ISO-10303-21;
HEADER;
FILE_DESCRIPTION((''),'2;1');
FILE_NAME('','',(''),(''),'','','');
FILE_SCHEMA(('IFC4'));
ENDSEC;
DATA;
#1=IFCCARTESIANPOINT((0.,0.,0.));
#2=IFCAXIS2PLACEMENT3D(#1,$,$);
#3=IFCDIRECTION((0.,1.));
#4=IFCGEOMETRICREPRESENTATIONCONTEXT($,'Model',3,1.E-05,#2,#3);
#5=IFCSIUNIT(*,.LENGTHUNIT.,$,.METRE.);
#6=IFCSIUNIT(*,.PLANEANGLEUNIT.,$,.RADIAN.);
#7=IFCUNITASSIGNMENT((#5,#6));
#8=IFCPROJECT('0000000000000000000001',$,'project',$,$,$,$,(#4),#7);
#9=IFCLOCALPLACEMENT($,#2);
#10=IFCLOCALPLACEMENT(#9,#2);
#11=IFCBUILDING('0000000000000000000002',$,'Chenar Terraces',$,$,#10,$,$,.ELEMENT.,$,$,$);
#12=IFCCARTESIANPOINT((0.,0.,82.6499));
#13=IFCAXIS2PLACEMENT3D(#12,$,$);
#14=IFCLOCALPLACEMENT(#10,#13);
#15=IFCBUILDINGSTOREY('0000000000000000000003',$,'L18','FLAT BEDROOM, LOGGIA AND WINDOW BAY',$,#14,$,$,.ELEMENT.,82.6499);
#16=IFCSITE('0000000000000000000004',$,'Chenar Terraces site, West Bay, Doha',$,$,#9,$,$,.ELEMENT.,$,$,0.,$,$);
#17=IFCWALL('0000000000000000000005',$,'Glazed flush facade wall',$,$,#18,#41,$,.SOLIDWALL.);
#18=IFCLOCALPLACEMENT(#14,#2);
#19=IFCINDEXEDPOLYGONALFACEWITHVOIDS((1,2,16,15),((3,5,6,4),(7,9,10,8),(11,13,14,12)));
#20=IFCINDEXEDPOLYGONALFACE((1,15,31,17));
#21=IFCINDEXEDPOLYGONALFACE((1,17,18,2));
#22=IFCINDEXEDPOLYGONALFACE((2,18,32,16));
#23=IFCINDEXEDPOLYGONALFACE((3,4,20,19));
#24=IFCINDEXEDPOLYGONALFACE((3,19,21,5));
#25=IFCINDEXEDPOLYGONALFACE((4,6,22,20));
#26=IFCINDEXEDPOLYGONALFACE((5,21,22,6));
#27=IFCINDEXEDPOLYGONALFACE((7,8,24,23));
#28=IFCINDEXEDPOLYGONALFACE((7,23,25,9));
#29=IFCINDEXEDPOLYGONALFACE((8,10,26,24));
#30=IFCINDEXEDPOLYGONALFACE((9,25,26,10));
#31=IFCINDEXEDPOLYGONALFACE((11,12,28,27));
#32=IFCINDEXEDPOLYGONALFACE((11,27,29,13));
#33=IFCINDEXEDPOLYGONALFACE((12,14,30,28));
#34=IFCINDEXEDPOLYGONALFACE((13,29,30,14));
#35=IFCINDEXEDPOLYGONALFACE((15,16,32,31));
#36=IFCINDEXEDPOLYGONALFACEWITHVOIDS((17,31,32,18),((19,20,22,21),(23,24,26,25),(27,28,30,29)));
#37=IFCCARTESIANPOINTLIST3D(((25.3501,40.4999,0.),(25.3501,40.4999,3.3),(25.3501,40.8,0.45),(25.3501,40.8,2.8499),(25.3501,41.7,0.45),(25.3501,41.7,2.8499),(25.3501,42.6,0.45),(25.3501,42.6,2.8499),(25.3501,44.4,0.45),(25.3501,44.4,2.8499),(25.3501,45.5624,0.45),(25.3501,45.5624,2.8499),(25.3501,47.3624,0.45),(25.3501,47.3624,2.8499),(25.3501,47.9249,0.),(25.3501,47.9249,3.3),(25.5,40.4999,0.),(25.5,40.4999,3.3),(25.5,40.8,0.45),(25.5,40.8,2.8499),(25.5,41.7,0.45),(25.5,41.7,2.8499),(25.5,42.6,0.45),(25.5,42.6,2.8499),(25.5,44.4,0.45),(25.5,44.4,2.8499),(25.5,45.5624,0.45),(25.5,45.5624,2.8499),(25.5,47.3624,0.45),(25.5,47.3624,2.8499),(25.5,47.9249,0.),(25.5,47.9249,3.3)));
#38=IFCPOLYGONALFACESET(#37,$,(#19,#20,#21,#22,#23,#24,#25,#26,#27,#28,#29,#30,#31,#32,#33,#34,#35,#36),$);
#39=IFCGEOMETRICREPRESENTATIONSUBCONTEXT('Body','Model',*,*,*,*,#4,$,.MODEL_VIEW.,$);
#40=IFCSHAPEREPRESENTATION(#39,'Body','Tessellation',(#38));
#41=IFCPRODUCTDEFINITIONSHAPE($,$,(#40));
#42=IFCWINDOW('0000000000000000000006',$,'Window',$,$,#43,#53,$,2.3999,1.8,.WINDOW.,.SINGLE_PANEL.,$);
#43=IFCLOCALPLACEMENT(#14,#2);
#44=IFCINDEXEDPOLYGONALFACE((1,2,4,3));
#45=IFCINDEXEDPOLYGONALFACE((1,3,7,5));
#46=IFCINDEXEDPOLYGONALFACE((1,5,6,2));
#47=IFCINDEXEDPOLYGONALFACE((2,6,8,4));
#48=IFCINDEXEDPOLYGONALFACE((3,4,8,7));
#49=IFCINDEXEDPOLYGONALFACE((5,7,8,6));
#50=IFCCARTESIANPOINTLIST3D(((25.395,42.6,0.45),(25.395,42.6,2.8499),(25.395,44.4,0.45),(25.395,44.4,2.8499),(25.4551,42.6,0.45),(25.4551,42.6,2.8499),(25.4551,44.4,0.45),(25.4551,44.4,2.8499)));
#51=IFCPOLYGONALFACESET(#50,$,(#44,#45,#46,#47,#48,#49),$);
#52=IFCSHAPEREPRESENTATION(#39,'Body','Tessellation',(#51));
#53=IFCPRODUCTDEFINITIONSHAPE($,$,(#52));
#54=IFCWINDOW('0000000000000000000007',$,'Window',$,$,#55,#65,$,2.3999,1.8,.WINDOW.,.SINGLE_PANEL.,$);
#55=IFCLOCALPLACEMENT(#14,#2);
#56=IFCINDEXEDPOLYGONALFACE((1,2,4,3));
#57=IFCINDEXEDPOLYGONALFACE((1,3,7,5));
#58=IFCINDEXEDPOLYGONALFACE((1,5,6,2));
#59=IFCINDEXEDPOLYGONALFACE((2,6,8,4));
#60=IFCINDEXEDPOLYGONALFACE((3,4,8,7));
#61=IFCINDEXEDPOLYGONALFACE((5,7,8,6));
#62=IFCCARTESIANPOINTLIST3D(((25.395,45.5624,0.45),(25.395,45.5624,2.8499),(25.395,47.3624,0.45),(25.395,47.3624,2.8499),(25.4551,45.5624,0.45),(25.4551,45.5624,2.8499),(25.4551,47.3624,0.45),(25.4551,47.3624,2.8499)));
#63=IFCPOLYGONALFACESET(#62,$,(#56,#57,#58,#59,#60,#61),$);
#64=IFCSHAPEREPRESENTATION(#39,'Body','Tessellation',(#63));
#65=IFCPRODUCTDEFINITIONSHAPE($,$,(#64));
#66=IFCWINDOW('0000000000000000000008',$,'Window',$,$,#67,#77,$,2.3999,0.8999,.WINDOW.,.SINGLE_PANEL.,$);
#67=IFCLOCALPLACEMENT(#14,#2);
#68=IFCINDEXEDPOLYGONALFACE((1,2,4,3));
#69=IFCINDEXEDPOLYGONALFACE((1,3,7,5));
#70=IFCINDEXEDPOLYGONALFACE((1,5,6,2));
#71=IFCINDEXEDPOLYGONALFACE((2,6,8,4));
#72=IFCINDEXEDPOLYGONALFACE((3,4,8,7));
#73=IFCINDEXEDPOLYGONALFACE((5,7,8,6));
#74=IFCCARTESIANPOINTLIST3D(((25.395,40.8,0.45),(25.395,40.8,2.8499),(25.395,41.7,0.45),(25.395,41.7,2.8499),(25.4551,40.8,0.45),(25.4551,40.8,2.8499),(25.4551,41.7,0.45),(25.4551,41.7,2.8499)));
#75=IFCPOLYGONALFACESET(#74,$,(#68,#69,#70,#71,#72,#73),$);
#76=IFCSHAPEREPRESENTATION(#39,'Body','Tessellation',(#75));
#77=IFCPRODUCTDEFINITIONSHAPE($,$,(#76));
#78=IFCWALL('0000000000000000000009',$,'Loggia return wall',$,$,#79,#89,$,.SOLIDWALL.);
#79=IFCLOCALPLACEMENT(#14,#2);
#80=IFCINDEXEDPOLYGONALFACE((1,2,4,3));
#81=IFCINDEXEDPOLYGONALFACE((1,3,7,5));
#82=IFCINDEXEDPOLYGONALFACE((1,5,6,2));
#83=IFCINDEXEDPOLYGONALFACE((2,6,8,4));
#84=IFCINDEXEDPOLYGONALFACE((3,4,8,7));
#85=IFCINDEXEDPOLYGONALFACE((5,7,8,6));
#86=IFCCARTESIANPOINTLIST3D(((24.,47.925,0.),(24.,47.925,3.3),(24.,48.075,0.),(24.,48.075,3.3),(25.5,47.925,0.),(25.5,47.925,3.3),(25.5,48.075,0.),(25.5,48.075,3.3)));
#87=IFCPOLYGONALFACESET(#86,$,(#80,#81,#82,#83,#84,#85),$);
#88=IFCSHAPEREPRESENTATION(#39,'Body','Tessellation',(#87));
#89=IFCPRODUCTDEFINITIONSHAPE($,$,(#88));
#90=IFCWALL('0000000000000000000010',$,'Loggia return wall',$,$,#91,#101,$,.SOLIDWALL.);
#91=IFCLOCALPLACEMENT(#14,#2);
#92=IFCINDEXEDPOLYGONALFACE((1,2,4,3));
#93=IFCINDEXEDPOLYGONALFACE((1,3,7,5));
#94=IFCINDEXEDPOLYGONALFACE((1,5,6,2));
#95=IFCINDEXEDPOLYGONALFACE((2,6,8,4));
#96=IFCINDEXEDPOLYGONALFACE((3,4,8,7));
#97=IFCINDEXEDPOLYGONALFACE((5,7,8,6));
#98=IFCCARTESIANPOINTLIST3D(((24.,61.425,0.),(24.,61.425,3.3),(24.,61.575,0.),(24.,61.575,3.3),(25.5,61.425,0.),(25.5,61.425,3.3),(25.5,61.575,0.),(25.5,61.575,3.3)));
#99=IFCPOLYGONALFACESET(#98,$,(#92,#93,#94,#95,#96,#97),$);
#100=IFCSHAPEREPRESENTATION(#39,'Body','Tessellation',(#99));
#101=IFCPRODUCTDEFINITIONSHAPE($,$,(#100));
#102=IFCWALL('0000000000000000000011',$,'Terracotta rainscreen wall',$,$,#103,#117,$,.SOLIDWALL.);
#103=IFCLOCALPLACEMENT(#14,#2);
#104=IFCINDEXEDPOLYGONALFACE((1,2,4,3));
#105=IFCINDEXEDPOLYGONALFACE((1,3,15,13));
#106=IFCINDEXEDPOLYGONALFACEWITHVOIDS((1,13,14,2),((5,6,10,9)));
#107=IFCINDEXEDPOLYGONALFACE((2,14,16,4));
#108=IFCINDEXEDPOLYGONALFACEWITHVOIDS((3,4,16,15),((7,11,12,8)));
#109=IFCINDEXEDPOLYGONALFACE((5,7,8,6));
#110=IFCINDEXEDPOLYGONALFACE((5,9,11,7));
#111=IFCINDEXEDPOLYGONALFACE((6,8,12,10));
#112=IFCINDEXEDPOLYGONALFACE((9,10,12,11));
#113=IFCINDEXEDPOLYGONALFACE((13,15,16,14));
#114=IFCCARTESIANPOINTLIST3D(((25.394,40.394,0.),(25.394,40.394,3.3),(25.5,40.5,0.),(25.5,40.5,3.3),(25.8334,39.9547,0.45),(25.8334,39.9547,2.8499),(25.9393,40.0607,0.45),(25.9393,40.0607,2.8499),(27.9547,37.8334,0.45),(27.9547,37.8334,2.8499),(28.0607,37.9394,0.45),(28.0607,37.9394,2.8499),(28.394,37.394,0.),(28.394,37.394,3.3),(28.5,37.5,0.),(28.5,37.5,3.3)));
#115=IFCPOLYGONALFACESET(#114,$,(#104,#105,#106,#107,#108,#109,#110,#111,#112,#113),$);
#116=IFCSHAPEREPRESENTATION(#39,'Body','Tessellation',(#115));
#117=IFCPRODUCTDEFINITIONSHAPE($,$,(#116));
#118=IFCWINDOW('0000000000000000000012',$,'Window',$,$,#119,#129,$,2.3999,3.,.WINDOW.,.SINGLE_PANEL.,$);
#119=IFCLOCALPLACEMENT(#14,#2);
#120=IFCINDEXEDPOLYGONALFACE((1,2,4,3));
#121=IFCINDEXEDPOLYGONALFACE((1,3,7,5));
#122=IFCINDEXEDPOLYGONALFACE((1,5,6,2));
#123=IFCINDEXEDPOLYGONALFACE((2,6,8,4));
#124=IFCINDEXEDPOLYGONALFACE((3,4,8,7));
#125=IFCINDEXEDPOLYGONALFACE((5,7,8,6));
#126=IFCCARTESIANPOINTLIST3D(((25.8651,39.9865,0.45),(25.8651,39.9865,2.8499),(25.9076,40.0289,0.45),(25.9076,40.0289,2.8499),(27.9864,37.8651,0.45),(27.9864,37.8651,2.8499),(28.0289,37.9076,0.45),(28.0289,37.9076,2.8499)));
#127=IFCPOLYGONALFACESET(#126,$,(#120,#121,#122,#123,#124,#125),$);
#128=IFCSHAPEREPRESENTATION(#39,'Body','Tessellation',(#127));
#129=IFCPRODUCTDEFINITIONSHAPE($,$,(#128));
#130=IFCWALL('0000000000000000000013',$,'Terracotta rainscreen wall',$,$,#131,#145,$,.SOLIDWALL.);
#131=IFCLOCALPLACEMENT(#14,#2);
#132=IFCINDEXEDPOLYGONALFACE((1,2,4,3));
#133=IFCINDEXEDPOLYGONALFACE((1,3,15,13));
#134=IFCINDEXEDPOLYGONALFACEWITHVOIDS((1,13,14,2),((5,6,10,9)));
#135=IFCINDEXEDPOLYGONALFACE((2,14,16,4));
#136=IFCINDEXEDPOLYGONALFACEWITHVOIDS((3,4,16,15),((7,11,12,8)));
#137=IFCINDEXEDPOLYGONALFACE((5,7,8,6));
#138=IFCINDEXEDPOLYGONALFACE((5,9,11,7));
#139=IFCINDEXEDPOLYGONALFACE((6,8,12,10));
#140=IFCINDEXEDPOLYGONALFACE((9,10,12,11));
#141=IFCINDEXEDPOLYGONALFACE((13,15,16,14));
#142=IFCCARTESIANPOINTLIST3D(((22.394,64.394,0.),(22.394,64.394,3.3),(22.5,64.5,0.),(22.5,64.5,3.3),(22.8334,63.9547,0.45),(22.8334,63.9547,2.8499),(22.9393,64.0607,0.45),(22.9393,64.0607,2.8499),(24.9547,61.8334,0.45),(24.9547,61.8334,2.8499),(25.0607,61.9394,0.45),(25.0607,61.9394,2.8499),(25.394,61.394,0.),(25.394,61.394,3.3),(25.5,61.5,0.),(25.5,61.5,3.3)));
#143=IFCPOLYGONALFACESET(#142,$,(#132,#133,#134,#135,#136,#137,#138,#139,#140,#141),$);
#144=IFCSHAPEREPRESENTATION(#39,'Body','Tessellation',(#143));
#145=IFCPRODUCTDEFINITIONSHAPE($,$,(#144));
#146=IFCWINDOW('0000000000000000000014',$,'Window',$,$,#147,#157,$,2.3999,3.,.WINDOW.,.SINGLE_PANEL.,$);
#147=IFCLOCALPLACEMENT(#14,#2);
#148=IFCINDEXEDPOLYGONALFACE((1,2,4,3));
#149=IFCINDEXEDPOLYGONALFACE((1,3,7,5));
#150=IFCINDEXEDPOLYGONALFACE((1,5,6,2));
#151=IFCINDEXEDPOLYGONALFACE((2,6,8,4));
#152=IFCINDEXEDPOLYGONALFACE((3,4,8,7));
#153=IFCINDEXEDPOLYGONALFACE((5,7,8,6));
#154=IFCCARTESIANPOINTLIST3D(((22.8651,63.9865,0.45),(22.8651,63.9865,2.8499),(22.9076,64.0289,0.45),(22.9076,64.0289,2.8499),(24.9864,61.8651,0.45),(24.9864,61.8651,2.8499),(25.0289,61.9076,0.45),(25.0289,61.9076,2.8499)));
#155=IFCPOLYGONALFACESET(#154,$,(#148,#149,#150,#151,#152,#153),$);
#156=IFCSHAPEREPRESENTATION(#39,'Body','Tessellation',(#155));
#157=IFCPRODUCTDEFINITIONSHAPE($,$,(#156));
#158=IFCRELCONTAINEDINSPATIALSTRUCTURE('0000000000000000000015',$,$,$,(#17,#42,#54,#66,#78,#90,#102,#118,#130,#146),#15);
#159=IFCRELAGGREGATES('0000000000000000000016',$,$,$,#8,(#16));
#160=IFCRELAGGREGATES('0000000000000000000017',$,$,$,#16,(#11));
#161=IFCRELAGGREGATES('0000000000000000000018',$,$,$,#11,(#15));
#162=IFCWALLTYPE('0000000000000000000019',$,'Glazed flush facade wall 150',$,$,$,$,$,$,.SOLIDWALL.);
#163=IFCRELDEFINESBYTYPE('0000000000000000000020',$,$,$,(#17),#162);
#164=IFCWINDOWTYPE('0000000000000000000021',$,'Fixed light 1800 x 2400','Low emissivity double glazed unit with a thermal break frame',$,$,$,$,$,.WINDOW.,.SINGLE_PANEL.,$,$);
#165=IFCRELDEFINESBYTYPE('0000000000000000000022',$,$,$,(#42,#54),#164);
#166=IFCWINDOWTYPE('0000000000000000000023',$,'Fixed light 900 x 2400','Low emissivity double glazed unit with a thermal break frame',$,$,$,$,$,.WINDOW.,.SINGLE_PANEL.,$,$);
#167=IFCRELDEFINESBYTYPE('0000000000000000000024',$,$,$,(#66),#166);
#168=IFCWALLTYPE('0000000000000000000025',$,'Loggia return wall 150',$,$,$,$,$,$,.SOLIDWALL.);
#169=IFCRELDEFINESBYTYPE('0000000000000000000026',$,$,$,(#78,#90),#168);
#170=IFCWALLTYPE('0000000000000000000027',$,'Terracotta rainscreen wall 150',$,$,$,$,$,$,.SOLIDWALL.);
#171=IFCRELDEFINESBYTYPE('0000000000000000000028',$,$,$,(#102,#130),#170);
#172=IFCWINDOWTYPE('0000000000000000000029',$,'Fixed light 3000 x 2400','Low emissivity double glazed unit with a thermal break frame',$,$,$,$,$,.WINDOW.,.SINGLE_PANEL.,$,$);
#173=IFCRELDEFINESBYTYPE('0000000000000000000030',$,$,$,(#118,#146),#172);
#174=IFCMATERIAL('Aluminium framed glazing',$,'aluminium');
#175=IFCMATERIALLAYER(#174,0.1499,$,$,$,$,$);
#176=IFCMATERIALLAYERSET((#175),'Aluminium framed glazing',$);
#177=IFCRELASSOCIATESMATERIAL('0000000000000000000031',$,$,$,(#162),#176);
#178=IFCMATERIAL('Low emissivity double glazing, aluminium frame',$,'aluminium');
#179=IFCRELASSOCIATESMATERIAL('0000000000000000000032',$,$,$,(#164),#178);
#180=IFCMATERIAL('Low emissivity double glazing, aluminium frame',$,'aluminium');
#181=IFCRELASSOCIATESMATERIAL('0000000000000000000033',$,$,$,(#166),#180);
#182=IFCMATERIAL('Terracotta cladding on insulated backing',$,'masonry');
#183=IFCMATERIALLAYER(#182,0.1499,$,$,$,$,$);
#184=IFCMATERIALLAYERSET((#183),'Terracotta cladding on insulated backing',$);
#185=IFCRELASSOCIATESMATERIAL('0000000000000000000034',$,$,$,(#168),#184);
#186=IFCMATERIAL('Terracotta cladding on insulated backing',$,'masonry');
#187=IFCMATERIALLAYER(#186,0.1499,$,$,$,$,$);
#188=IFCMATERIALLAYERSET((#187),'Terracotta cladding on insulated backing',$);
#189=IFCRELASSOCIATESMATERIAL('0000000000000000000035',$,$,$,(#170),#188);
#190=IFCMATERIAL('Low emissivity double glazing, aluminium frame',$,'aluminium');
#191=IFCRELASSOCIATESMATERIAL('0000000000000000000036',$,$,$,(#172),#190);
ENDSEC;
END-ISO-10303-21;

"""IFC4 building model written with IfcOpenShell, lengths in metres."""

from ifc_helpers import new_model, si_unit, direction, frame, frame_2d, origin, place, context, subcontext, project, spatial, rectangle, extrude, material, layer, layer_set, type_object, element, fill, save


model = new_model("IFC4")

# Units and contexts
model_context = context("Model", 3, precision=1e-05, world=origin(), true_north=direction((0.0, 1.0)))
body_context = subcontext(model_context, "Body", "Model", "MODEL_VIEW")
ifc_project = project(units=[si_unit("LENGTHUNIT", "METRE"), si_unit("PLANEANGLEUNIT", "RADIAN")], contexts=[model_context])

# Site, building, storey
site_placement = place(None, origin())
site = spatial("IfcSite", under=ifc_project, at=site_placement, Name="Chenar Terraces site, West Bay, Doha", CompositionType="ELEMENT", RefElevation=0.0)
building_placement = place(site_placement, origin())
building = spatial("IfcBuilding", under=site, at=building_placement, Name="Chenar Terraces", CompositionType="ELEMENT")
storey_placement = place(building_placement, frame((0.0, 0.0, 82.6499)))
storey = spatial("IfcBuildingStorey", under=building, at=storey_placement, Name="L18", Description="FLAT BEDROOM, LOGGIA AND WINDOW BAY", CompositionType="ELEMENT", Elevation=82.6499)

# Wall, openings, windows
ifc_material_1 = material(Name="Aluminium framed glazing", Category="aluminium")
ifc_layer_1 = layer(ifc_material_1, 0.1499)
ifc_layer_set_1 = layer_set([ifc_layer_1], Name="Aluminium framed glazing")
wall_type_1 = type_object("IfcWallType", Name="Glazed flush facade wall 150", PredefinedType="SOLIDWALL", material=ifc_layer_set_1)
wall_1_placement = place(storey_placement, frame((25.425, 40.5, 0.0), z_axis=(0.0, 0.0, 1.0), x_axis=(0.0, 1.0, 0.0)))
wall_1 = element("IfcWall", 1, at=wall_1_placement, inside=storey, type_object=wall_type_1, Name="Glazed flush facade wall", PredefinedType="SOLIDWALL", context=body_context, shape_type="SweptSolid", body=[
    extrude(rectangle(XDim=7.425, YDim=0.1499, at=frame_2d((3.7124, 0.0))), origin(), (0.0, 0.0, 1.0), 3.3),
])
opening_1_placement = place(wall_1_placement, frame((0.3, 0.0, 0.45)))
opening_1 = element("IfcOpeningElement", 2, at=opening_1_placement, cuts=wall_1, PredefinedType="OPENING", context=body_context, shape_type="SweptSolid", body=[
    extrude(rectangle(XDim=0.8999, YDim=2.3999, at=frame_2d((0.45, 1.2))), frame((0.0, 0.085, 0.0), z_axis=(0.0, -1.0, 0.0), x_axis=(1.0, 0.0, 0.0)), (0.0, 0.0, 1.0), 0.1699),
])
opening_2_placement = place(wall_1_placement, frame((2.1001, 0.0, 0.45)))
opening_2 = element("IfcOpeningElement", 3, at=opening_2_placement, cuts=wall_1, PredefinedType="OPENING", context=body_context, shape_type="SweptSolid", body=[
    extrude(rectangle(XDim=1.8, YDim=2.3999, at=frame_2d((0.8999, 1.2))), frame((0.0, 0.085, 0.0), z_axis=(0.0, -1.0, 0.0), x_axis=(1.0, 0.0, 0.0)), (0.0, 0.0, 1.0), 0.1699),
])
opening_3_placement = place(wall_1_placement, frame((5.0625, 0.0, 0.45)))
opening_3 = element("IfcOpeningElement", 4, at=opening_3_placement, cuts=wall_1, PredefinedType="OPENING", context=body_context, shape_type="SweptSolid", body=[
    extrude(rectangle(XDim=1.8, YDim=2.3999, at=frame_2d((0.8999, 1.2))), frame((0.0, 0.085, 0.0), z_axis=(0.0, -1.0, 0.0), x_axis=(1.0, 0.0, 0.0)), (0.0, 0.0, 1.0), 0.1699),
])
ifc_material_2 = material(Name="Low emissivity double glazing, aluminium frame", Category="aluminium")
window_type_1 = type_object("IfcWindowType", Name="Fixed light 1800 x 2400", Description="Low emissivity double glazed unit with a thermal break frame", PartitioningType="SINGLE_PANEL", PredefinedType="WINDOW", material=ifc_material_2)
window_1_placement = place(opening_2_placement, origin())
window_1 = element("IfcWindow", 5, at=window_1_placement, inside=storey, type_object=window_type_1, Name="Window", OverallHeight=2.3999, OverallWidth=1.8, PartitioningType="SINGLE_PANEL", PredefinedType="WINDOW", context=body_context, shape_type="SweptSolid", body=[
    extrude(rectangle(XDim=1.8, YDim=2.3999, at=frame_2d((0.8999, 1.2))), frame((0.0, 0.03, 0.0), z_axis=(0.0, -1.0, 0.0), x_axis=(1.0, 0.0, 0.0)), (0.0, 0.0, 1.0), 0.0601),
])
fill(opening_2, window_1)
window_2_placement = place(opening_3_placement, origin())
window_2 = element("IfcWindow", 6, at=window_2_placement, inside=storey, type_object=window_type_1, Name="Window", OverallHeight=2.3999, OverallWidth=1.8, PartitioningType="SINGLE_PANEL", PredefinedType="WINDOW", context=body_context, shape_type="SweptSolid", body=[
    extrude(rectangle(XDim=1.8, YDim=2.3999, at=frame_2d((0.8999, 1.2))), frame((0.0, 0.03, 0.0), z_axis=(0.0, -1.0, 0.0), x_axis=(1.0, 0.0, 0.0)), (0.0, 0.0, 1.0), 0.0601),
])
fill(opening_3, window_2)
ifc_material_3 = material(Name="Low emissivity double glazing, aluminium frame", Category="aluminium")
window_type_2 = type_object("IfcWindowType", Name="Fixed light 900 x 2400", Description="Low emissivity double glazed unit with a thermal break frame", PartitioningType="SINGLE_PANEL", PredefinedType="WINDOW", material=ifc_material_3)
window_3_placement = place(opening_1_placement, origin())
window_3 = element("IfcWindow", 7, at=window_3_placement, inside=storey, type_object=window_type_2, Name="Window", OverallHeight=2.3999, OverallWidth=0.8999, PartitioningType="SINGLE_PANEL", PredefinedType="WINDOW", context=body_context, shape_type="SweptSolid", body=[
    extrude(rectangle(XDim=0.8999, YDim=2.3999, at=frame_2d((0.45, 1.2))), frame((0.0, 0.03, 0.0), z_axis=(0.0, -1.0, 0.0), x_axis=(1.0, 0.0, 0.0)), (0.0, 0.0, 1.0), 0.0601),
])
fill(opening_1, window_3)

# Walls
ifc_material_4 = material(Name="Terracotta cladding on insulated backing", Category="masonry")
ifc_layer_2 = layer(ifc_material_4, 0.1499)
ifc_layer_set_2 = layer_set([ifc_layer_2], Name="Terracotta cladding on insulated backing")
wall_type_2 = type_object("IfcWallType", Name="Loggia return wall 150", PredefinedType="SOLIDWALL", material=ifc_layer_set_2)
for number, where, z_axis, x_axis, name in (
    (8, (25.5, 48.0, 0.0), (0.0, 0.0, 1.0), (-1.0, 0.0, 0.0), "Loggia return wall"),
    (9, (25.5, 61.5, 0.0), (0.0, 0.0, 1.0), (-1.0, 0.0, 0.0), "Loggia return wall"),
):
    element("IfcWall", number, at=place(storey_placement, frame(where, z_axis=z_axis, x_axis=x_axis)), inside=storey, type_object=wall_type_2, Name=name, PredefinedType="SOLIDWALL", context=body_context, shape_type="SweptSolid", body=[
        extrude(rectangle(XDim=1.5, YDim=0.1499, at=frame_2d((0.75, 0.0))), origin(), (0.0, 0.0, 1.0), 3.3),
    ])

# Walls, openings, windows
ifc_material_5 = material(Name="Terracotta cladding on insulated backing", Category="masonry")
ifc_layer_3 = layer(ifc_material_5, 0.1499)
ifc_layer_set_3 = layer_set([ifc_layer_3], Name="Terracotta cladding on insulated backing")
wall_type_3 = type_object("IfcWallType", Name="Terracotta rainscreen wall 150", PredefinedType="SOLIDWALL", material=ifc_layer_set_3)
wall_2_placement = place(storey_placement, frame((28.447, 37.447, 0.0), z_axis=(0.0, 0.0, 1.0), x_axis=(-0.707107, 0.707107, 0.0)))
wall_2 = element("IfcWall", 10, at=wall_2_placement, inside=storey, type_object=wall_type_3, Name="Terracotta rainscreen wall", PredefinedType="SOLIDWALL", context=body_context, shape_type="SweptSolid", body=[
    extrude(rectangle(XDim=4.2427, YDim=0.1499, at=frame_2d((2.1213, 0.0))), origin(), (0.0, 0.0, 1.0), 3.3),
])
opening_4_placement = place(wall_2_placement, frame((0.6213, 0.0, 0.45)))
opening_4 = element("IfcOpeningElement", 11, at=opening_4_placement, cuts=wall_2, PredefinedType="OPENING", context=body_context, shape_type="SweptSolid", body=[
    extrude(rectangle(XDim=3.0, YDim=2.3999, at=frame_2d((1.5, 1.2))), frame((0.0, 0.085, 0.0), z_axis=(0.0, -1.0, 0.0), x_axis=(1.0, 0.0, 0.0)), (0.0, 0.0, 1.0), 0.1699),
])
ifc_material_6 = material(Name="Low emissivity double glazing, aluminium frame", Category="aluminium")
window_type_3 = type_object("IfcWindowType", Name="Fixed light 3000 x 2400", Description="Low emissivity double glazed unit with a thermal break frame", PartitioningType="SINGLE_PANEL", PredefinedType="WINDOW", material=ifc_material_6)
window_4_placement = place(opening_4_placement, origin())
window_4 = element("IfcWindow", 12, at=window_4_placement, inside=storey, type_object=window_type_3, Name="Window", OverallHeight=2.3999, OverallWidth=3.0, PartitioningType="SINGLE_PANEL", PredefinedType="WINDOW", context=body_context, shape_type="SweptSolid", body=[
    extrude(rectangle(XDim=3.0, YDim=2.3999, at=frame_2d((1.5, 1.2))), frame((0.0, 0.03, 0.0), z_axis=(0.0, -1.0, 0.0), x_axis=(1.0, 0.0, 0.0)), (0.0, 0.0, 1.0), 0.0601),
])
fill(opening_4, window_4)
wall_3_placement = place(storey_placement, frame((25.447, 61.447, 0.0), z_axis=(0.0, 0.0, 1.0), x_axis=(-0.707107, 0.707107, 0.0)))
wall_3 = element("IfcWall", 13, at=wall_3_placement, inside=storey, type_object=wall_type_3, Name="Terracotta rainscreen wall", PredefinedType="SOLIDWALL", context=body_context, shape_type="SweptSolid", body=[
    extrude(rectangle(XDim=4.2427, YDim=0.1499, at=frame_2d((2.1213, 0.0))), origin(), (0.0, 0.0, 1.0), 3.3),
])
opening_5_placement = place(wall_3_placement, frame((0.6213, 0.0, 0.45)))
opening_5 = element("IfcOpeningElement", 14, at=opening_5_placement, cuts=wall_3, PredefinedType="OPENING", context=body_context, shape_type="SweptSolid", body=[
    extrude(rectangle(XDim=3.0, YDim=2.3999, at=frame_2d((1.5, 1.2))), frame((0.0, 0.085, 0.0), z_axis=(0.0, -1.0, 0.0), x_axis=(1.0, 0.0, 0.0)), (0.0, 0.0, 1.0), 0.1699),
])
window_5_placement = place(opening_5_placement, origin())
window_5 = element("IfcWindow", 15, at=window_5_placement, inside=storey, type_object=window_type_3, Name="Window", OverallHeight=2.3999, OverallWidth=3.0, PartitioningType="SINGLE_PANEL", PredefinedType="WINDOW", context=body_context, shape_type="SweptSolid", body=[
    extrude(rectangle(XDim=3.0, YDim=2.3999, at=frame_2d((1.5, 1.2))), frame((0.0, 0.03, 0.0), z_axis=(0.0, -1.0, 0.0), x_axis=(1.0, 0.0, 0.0)), (0.0, 0.0, 1.0), 0.0601),
])
fill(opening_5, window_5)

save(model, "model.ifc")
